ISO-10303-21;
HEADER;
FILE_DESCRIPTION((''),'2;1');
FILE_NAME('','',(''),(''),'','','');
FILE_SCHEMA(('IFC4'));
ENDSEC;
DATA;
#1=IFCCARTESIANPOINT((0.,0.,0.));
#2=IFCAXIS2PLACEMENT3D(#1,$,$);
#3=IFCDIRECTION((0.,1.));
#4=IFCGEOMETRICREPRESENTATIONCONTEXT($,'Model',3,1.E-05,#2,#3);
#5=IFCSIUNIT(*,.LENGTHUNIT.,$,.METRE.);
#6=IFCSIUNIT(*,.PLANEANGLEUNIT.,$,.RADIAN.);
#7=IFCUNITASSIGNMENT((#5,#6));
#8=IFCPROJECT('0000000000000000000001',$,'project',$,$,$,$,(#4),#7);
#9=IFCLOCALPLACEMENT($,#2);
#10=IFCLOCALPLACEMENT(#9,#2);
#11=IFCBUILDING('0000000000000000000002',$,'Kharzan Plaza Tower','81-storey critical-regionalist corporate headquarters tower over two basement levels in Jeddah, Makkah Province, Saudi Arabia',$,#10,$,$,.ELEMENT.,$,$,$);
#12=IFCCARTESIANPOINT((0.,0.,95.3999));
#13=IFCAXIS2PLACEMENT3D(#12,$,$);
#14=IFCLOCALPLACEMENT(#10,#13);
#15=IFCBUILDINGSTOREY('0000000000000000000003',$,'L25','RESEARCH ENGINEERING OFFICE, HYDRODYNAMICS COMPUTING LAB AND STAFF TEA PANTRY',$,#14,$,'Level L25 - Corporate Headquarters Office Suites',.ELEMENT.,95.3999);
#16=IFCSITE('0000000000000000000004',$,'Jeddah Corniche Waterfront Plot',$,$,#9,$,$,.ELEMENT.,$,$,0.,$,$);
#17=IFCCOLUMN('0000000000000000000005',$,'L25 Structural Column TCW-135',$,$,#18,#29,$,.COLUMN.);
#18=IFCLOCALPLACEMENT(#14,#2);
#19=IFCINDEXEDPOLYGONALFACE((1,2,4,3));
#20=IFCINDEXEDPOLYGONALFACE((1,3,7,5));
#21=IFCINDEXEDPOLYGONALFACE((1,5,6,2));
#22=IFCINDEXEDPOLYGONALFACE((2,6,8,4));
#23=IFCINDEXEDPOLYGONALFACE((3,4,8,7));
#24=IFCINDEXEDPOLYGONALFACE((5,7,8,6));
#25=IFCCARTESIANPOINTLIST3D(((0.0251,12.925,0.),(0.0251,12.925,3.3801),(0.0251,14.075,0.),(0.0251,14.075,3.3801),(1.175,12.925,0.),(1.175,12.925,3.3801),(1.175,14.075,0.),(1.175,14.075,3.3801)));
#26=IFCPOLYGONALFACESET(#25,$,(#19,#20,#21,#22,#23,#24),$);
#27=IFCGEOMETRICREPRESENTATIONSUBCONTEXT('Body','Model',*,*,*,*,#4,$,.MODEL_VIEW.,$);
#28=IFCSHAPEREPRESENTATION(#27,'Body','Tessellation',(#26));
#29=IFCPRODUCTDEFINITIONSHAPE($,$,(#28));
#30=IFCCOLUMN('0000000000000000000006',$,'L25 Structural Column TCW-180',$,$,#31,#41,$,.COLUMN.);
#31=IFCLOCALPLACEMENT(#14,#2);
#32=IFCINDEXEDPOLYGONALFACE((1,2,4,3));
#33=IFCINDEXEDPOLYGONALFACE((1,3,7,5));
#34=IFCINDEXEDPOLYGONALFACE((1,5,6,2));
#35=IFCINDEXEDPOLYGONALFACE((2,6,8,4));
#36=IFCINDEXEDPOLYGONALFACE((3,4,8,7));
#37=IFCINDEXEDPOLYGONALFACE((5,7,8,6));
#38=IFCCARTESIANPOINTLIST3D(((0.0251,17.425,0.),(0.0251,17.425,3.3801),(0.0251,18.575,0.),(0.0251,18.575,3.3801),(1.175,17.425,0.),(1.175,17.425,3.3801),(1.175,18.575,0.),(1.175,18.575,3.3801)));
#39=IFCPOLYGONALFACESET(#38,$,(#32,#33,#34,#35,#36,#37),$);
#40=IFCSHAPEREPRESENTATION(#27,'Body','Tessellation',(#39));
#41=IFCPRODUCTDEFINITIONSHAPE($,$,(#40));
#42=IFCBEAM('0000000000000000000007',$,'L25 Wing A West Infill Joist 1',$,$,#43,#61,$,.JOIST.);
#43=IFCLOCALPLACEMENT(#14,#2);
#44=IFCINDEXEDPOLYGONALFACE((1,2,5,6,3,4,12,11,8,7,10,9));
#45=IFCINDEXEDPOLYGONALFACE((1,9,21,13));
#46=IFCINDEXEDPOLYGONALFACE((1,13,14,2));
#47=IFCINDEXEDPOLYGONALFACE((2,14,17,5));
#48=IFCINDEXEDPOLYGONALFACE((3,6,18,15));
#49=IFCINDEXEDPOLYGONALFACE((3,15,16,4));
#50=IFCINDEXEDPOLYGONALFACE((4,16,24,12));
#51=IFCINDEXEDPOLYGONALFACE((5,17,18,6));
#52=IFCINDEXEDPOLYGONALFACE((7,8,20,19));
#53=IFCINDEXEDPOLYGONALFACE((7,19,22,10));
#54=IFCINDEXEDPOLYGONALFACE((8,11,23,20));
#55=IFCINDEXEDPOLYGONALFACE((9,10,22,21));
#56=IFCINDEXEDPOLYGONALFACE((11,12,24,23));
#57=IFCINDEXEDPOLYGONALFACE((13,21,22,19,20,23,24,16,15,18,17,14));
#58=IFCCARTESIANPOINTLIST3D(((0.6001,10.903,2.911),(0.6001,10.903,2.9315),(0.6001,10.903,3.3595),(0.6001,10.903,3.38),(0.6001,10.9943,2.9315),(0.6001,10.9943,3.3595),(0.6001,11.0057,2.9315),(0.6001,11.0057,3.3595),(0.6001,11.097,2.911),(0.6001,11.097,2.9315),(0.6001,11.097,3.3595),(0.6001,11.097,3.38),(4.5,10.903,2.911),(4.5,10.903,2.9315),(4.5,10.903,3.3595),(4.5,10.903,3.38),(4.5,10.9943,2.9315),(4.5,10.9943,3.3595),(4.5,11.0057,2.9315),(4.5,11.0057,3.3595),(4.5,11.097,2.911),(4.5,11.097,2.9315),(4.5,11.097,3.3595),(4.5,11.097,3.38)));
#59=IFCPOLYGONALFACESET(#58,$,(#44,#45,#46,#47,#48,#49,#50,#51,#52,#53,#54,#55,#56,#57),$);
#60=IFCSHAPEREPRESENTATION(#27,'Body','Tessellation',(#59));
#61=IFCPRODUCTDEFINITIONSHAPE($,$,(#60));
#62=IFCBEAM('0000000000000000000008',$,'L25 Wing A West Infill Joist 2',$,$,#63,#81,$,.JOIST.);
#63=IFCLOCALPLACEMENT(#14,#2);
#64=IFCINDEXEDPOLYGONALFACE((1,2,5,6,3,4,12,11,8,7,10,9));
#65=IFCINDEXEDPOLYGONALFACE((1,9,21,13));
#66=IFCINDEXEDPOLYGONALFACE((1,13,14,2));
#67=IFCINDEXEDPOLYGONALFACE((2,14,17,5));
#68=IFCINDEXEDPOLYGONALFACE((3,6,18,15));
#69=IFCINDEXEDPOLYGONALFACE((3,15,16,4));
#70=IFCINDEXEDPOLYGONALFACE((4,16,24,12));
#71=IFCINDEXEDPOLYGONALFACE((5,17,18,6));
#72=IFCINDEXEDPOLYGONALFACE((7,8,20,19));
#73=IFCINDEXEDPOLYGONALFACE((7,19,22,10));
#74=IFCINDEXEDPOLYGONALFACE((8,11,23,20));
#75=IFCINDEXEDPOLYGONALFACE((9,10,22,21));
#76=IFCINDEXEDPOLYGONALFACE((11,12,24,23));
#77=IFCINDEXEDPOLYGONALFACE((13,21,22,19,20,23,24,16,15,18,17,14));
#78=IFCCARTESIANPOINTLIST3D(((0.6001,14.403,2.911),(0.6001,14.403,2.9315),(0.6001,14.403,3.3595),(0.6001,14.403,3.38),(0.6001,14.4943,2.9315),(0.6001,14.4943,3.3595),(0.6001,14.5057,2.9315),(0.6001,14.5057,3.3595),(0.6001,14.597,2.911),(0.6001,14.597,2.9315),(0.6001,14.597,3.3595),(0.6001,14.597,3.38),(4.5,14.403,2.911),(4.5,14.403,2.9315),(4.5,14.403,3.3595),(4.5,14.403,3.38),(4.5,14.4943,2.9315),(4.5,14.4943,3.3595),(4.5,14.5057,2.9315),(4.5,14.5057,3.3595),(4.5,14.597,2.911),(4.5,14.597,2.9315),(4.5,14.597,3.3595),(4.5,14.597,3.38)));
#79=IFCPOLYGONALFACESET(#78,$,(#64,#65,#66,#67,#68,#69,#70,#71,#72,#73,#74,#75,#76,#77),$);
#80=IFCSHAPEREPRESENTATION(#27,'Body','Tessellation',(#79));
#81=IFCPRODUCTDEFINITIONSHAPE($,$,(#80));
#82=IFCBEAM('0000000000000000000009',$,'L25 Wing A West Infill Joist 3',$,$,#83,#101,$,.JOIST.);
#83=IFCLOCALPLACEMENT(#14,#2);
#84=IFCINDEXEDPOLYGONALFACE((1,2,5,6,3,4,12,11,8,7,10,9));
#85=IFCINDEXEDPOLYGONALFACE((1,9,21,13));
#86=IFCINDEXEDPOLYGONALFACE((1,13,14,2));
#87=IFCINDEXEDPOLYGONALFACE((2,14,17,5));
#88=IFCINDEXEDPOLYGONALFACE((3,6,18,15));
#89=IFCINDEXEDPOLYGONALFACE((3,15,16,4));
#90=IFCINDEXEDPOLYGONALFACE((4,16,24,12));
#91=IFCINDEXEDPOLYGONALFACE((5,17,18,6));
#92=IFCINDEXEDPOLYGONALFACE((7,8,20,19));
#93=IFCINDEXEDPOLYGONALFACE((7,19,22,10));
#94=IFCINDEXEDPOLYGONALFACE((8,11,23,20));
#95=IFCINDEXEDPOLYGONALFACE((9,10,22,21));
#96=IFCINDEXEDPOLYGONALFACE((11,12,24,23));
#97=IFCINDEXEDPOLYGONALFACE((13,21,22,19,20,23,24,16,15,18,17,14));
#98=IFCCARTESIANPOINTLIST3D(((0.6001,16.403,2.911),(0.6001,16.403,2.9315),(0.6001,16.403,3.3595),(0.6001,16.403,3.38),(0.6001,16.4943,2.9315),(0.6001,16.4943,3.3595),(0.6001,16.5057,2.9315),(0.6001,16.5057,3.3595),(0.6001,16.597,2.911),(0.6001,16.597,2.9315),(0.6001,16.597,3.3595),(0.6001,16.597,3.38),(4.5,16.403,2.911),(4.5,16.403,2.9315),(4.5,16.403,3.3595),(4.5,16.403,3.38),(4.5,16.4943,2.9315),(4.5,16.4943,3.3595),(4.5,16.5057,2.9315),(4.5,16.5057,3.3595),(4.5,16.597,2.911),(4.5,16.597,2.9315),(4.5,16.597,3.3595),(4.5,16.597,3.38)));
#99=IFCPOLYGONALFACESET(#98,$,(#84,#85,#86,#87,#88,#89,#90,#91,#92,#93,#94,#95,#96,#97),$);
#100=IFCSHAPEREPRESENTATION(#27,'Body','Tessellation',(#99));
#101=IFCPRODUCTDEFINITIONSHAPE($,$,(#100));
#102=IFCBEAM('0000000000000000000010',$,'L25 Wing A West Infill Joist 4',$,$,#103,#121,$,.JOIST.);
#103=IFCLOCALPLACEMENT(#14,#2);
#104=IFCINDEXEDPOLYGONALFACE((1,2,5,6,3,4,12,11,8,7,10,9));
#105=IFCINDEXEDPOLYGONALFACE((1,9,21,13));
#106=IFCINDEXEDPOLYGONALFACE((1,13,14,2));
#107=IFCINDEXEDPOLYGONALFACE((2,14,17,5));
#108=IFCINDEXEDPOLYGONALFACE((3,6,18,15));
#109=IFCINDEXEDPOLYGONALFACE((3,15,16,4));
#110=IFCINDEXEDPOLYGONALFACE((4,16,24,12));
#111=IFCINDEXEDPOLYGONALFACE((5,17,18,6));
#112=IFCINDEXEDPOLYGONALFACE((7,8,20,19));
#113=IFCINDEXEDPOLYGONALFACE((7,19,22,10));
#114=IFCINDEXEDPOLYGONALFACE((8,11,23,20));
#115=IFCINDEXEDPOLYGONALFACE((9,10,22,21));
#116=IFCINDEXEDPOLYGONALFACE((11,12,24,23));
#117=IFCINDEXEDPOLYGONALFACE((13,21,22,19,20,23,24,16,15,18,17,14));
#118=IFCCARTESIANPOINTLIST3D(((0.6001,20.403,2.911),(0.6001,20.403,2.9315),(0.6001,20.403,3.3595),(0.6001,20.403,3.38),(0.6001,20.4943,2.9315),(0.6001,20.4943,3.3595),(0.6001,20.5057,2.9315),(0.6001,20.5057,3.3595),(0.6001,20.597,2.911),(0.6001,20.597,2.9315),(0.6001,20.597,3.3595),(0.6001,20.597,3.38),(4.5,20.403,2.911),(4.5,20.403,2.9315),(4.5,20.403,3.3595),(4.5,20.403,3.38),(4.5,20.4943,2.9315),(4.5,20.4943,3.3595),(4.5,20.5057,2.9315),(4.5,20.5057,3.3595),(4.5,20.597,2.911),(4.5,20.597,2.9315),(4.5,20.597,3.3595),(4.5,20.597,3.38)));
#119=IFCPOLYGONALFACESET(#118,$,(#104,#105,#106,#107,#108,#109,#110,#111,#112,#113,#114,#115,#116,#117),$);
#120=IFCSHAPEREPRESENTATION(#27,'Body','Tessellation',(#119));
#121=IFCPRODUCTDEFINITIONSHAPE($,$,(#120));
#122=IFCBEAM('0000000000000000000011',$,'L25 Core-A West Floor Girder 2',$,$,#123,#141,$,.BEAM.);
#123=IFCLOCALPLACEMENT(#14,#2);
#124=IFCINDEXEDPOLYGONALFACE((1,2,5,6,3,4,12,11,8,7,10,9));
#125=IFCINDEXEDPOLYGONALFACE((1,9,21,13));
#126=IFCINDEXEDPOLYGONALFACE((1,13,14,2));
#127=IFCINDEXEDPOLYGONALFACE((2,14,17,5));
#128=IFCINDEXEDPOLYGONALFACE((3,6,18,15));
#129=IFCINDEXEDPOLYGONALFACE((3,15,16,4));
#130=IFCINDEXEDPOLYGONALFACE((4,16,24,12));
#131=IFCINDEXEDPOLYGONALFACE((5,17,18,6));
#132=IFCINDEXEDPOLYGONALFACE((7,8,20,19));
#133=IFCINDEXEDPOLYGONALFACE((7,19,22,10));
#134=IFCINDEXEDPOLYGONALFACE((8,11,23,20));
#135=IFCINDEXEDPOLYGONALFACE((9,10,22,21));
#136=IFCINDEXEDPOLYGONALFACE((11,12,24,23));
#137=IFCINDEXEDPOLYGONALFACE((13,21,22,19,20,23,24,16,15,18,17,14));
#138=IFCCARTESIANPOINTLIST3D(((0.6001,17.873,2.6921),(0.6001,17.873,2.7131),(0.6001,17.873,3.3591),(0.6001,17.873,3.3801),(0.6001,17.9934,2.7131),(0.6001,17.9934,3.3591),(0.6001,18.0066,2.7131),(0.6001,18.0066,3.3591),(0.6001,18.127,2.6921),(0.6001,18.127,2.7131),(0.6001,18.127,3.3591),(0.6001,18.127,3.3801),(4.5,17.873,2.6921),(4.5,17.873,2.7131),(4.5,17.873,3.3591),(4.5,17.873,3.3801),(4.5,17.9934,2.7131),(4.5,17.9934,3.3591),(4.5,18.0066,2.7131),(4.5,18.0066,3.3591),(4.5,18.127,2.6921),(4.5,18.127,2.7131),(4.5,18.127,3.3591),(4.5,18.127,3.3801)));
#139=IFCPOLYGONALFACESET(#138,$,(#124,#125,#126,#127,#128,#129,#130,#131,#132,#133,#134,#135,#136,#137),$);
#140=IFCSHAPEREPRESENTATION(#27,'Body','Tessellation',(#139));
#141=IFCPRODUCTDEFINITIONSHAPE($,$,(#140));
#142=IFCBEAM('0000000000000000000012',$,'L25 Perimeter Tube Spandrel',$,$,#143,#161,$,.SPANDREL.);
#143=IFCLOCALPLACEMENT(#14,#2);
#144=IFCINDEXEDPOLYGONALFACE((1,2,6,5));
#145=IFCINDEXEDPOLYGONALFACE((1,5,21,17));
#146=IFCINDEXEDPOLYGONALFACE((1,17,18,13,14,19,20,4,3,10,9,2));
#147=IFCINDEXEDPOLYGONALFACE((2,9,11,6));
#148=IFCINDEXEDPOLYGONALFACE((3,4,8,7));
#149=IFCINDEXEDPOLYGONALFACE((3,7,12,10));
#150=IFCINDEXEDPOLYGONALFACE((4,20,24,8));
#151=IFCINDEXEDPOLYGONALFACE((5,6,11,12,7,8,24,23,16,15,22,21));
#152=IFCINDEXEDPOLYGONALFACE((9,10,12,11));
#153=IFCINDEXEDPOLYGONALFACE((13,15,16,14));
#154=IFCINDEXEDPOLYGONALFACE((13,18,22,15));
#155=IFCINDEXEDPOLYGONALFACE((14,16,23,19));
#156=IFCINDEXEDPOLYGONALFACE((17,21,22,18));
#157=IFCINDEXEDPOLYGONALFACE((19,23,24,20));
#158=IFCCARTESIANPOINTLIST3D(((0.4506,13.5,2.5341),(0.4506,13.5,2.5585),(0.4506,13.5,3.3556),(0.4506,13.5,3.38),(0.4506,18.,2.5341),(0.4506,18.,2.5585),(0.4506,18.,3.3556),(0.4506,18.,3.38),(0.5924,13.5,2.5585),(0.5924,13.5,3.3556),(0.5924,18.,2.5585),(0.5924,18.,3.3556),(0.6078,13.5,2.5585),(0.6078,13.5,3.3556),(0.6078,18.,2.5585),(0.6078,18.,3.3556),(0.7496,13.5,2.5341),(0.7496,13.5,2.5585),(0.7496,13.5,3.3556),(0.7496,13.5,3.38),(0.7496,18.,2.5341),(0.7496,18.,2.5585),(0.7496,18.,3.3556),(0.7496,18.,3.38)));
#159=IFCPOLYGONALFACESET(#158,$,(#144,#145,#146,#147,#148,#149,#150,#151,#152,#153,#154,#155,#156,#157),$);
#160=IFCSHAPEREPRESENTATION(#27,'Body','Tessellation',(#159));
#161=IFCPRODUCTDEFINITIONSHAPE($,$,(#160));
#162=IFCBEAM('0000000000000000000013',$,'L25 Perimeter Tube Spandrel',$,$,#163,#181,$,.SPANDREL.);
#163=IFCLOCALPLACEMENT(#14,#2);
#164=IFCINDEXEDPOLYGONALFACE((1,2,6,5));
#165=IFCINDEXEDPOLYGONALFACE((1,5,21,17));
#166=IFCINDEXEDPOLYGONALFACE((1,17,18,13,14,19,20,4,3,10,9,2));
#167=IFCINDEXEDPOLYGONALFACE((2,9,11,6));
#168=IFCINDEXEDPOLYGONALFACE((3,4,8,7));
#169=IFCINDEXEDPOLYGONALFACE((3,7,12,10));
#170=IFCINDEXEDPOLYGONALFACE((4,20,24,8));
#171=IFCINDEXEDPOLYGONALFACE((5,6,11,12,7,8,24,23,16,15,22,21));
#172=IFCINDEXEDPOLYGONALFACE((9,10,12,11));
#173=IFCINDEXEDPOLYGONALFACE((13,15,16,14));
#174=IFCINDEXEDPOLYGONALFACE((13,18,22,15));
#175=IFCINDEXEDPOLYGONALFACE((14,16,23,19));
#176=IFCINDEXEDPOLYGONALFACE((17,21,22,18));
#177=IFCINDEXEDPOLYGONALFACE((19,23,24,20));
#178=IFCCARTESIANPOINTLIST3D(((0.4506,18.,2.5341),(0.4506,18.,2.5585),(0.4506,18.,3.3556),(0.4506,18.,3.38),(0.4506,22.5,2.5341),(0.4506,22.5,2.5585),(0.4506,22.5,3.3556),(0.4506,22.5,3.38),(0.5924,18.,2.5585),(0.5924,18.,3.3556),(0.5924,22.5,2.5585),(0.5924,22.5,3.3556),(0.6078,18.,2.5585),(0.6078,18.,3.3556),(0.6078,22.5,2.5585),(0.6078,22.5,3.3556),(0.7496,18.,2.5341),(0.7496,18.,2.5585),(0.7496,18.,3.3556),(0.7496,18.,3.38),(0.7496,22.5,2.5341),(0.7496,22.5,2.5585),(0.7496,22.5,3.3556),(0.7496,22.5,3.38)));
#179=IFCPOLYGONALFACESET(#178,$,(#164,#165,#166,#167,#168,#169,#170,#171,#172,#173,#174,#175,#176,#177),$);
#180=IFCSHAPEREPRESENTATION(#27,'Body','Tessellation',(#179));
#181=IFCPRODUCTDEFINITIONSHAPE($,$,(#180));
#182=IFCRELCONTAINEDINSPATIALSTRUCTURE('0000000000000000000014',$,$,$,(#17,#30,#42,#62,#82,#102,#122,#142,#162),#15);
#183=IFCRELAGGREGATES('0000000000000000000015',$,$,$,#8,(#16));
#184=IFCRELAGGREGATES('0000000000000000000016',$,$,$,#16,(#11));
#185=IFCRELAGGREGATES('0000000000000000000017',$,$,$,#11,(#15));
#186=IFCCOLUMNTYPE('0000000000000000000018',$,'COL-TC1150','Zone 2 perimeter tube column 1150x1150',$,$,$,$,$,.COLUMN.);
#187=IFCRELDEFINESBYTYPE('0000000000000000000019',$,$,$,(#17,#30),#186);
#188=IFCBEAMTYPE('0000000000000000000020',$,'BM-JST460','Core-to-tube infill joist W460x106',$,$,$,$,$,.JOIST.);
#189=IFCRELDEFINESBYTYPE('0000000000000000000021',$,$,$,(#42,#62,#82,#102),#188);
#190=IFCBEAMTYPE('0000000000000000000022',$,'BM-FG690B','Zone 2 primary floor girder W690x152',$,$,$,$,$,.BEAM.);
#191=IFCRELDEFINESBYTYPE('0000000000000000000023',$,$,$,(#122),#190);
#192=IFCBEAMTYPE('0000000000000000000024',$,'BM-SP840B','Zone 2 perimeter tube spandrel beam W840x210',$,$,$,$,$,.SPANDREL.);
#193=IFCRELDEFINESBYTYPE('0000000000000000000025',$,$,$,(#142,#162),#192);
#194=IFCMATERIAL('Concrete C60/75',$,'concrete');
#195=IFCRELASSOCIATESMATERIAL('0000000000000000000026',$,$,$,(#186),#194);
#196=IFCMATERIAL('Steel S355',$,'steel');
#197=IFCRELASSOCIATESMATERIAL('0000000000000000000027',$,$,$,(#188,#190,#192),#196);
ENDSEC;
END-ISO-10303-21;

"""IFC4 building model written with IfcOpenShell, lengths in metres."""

from ifc_helpers import new_model, si_unit, direction, frame, origin, origin_2d, place, context, subcontext, project, spatial, rectangle, i_section, extrude, source, transform, mapped, material, material_profile, profile_set, type_object, element, save


model = new_model("IFC4")

# Units and contexts
model_context = context("Model", 3, precision=1e-05, world=origin(), true_north=direction((0.0, 1.0)))
body_context = subcontext(model_context, "Body", "Model", "MODEL_VIEW")
ifc_project = project(units=[si_unit("LENGTHUNIT", "METRE"), si_unit("PLANEANGLEUNIT", "RADIAN")], contexts=[model_context])

# Site, building, storey
site_placement = place(None, origin())
site = spatial("IfcSite", under=ifc_project, at=site_placement, Name="Jeddah Corniche Waterfront Plot", CompositionType="ELEMENT", RefElevation=0.0)
building_placement = place(site_placement, origin())
building = spatial("IfcBuilding", under=site, at=building_placement, Name="Kharzan Plaza Tower", Description="81-storey critical-regionalist corporate headquarters tower over two basement levels in Jeddah, Makkah Province, Saudi Arabia", CompositionType="ELEMENT")
storey_placement = place(building_placement, frame((0.0, 0.0, 95.3999)))
storey = spatial("IfcBuildingStorey", under=building, at=storey_placement, Name="L25", Description="RESEARCH ENGINEERING OFFICE, HYDRODYNAMICS COMPUTING LAB AND STAFF TEA PANTRY", LongName="Level L25 - Corporate Headquarters Office Suites", CompositionType="ELEMENT", Elevation=95.3999)

# Columns
ifc_material_1 = material(Name="Concrete C60/75", Category="concrete")
ifc_material_profile_1 = material_profile(ifc_material_1, rectangle(XDim=1.1499, YDim=1.1499, at=origin_2d()), Name="RC-TC1150x1150")
ifc_profile_set_1 = profile_set([ifc_material_profile_1], Name="Concrete C60/75")
column_type = type_object("IfcColumnType", Name="COL-TC1150", Description="Zone 2 perimeter tube column 1150x1150", PredefinedType="COLUMN", material=ifc_profile_set_1)
shared_shape_1 = source(origin(), body_context, "Body", "SweptSolid", [
    extrude(rectangle(XDim=1.1499, YDim=1.1499, at=origin_2d()), origin(), (0.0, 0.0, 1.0), 3.3801),
])
for number, where, z_axis, x_axis, name in (
    (1, (0.6001, 13.5, 0.0), (0.0, 0.0, 1.0), (1.0, 0.0, 0.0), "L25 Structural Column TCW-135"),
    (2, (0.6001, 18.0, 0.0), (0.0, 0.0, 1.0), (1.0, 0.0, 0.0), "L25 Structural Column TCW-180"),
):
    element("IfcColumn", number, at=place(storey_placement, frame(where, z_axis=z_axis, x_axis=x_axis)), inside=storey, type_object=column_type, Name=name, PredefinedType="COLUMN", context=body_context, shape_type="MappedRepresentation", body=[
        mapped(shared_shape_1, transform((0.0, 0.0, 0.0), x_axis=(1.0, 0.0, 0.0), y_axis=(0.0, 1.0, 0.0), z_axis=(0.0, 0.0, 1.0))),
    ])

# Beams
ifc_material_2 = material(Name="Steel S355", Category="steel")
ifc_material_profile_2 = material_profile(ifc_material_2, i_section(OverallWidth=0.1941, OverallDepth=0.469, WebThickness=0.0115, FlangeThickness=0.0205, at=origin_2d()), Name="W460x106")
ifc_profile_set_2 = profile_set([ifc_material_profile_2], Name="Steel S355")
beam_type_1 = type_object("IfcBeamType", Name="BM-JST460", Description="Core-to-tube infill joist W460x106", PredefinedType="JOIST", material=ifc_profile_set_2)
shared_shape_2 = source(origin(), body_context, "Body", "SweptSolid", [
    extrude(i_section(OverallWidth=0.1941, OverallDepth=0.469, WebThickness=0.0115, FlangeThickness=0.0205, at=origin_2d()), origin(), (0.0, 0.0, 1.0), 3.8999),
])
for number, where, z_axis, x_axis, name in (
    (3, (0.6001, 11.0, 3.1455), (1.0, 0.0, 0.0), (0.0, 1.0, 0.0), "L25 Wing A West Infill Joist 1"),
    (4, (0.6001, 14.5, 3.1455), (1.0, 0.0, 0.0), (0.0, 1.0, 0.0), "L25 Wing A West Infill Joist 2"),
    (5, (0.6001, 16.5, 3.1455), (1.0, 0.0, 0.0), (0.0, 1.0, 0.0), "L25 Wing A West Infill Joist 3"),
    (6, (0.6001, 20.5, 3.1455), (1.0, 0.0, 0.0), (0.0, 1.0, 0.0), "L25 Wing A West Infill Joist 4"),
):
    element("IfcBeam", number, at=place(storey_placement, frame(where, z_axis=z_axis, x_axis=x_axis)), inside=storey, type_object=beam_type_1, Name=name, PredefinedType="JOIST", context=body_context, shape_type="MappedRepresentation", body=[
        mapped(shared_shape_2, transform((0.0, 0.0, 0.0), x_axis=(1.0, 0.0, 0.0), y_axis=(0.0, 1.0, 0.0), z_axis=(0.0, 0.0, 1.0))),
    ])
ifc_material_profile_3 = material_profile(ifc_material_2, i_section(OverallWidth=0.2539, OverallDepth=0.688, WebThickness=0.0132, FlangeThickness=0.021, at=origin_2d()), Name="W690x152")
ifc_profile_set_3 = profile_set([ifc_material_profile_3], Name="Steel S355")
beam_type_2 = type_object("IfcBeamType", Name="BM-FG690B", Description="Zone 2 primary floor girder W690x152", PredefinedType="BEAM", material=ifc_profile_set_3)
shared_shape_3 = source(origin(), body_context, "Body", "SweptSolid", [
    extrude(i_section(OverallWidth=0.2539, OverallDepth=0.688, WebThickness=0.0132, FlangeThickness=0.021, at=origin_2d()), origin(), (0.0, 0.0, 1.0), 3.8999),
])
beam_placement = place(storey_placement, frame((0.6001, 18.0, 3.0361), z_axis=(1.0, 0.0, 0.0), x_axis=(0.0, 1.0, 0.0)))
element("IfcBeam", 7, at=beam_placement, inside=storey, type_object=beam_type_2, Name="L25 Core-A West Floor Girder 2", PredefinedType="BEAM", context=body_context, shape_type="MappedRepresentation", body=[
    mapped(shared_shape_3, transform((0.0, 0.0, 0.0), x_axis=(1.0, 0.0, 0.0), y_axis=(0.0, 1.0, 0.0), z_axis=(0.0, 0.0, 1.0))),
])
ifc_material_profile_4 = material_profile(ifc_material_2, i_section(OverallWidth=0.2991, OverallDepth=0.8459, WebThickness=0.0154, FlangeThickness=0.0244, at=origin_2d()), Name="W840x210")
ifc_profile_set_4 = profile_set([ifc_material_profile_4], Name="Steel S355")
beam_type_3 = type_object("IfcBeamType", Name="BM-SP840B", Description="Zone 2 perimeter tube spandrel beam W840x210", PredefinedType="SPANDREL", material=ifc_profile_set_4)
shared_shape_4 = source(origin(), body_context, "Body", "SweptSolid", [
    extrude(i_section(OverallWidth=0.2991, OverallDepth=0.8459, WebThickness=0.0154, FlangeThickness=0.0244, at=origin_2d()), origin(), (0.0, 0.0, 1.0), 4.5),
])
for number, where, z_axis, x_axis, name in (
    (8, (0.6001, 13.5, 2.957), (0.0, 1.0, 0.0), (-1.0, 0.0, 0.0), "L25 Perimeter Tube Spandrel"),
    (9, (0.6001, 18.0, 2.957), (0.0, 1.0, 0.0), (-1.0, 0.0, 0.0), "L25 Perimeter Tube Spandrel"),
):
    element("IfcBeam", number, at=place(storey_placement, frame(where, z_axis=z_axis, x_axis=x_axis)), inside=storey, type_object=beam_type_3, Name=name, PredefinedType="SPANDREL", context=body_context, shape_type="MappedRepresentation", body=[
        mapped(shared_shape_4, transform((0.0, 0.0, 0.0), x_axis=(1.0, 0.0, 0.0), y_axis=(0.0, 1.0, 0.0), z_axis=(0.0, 0.0, 1.0))),
    ])

save(model, "model.ifc")
